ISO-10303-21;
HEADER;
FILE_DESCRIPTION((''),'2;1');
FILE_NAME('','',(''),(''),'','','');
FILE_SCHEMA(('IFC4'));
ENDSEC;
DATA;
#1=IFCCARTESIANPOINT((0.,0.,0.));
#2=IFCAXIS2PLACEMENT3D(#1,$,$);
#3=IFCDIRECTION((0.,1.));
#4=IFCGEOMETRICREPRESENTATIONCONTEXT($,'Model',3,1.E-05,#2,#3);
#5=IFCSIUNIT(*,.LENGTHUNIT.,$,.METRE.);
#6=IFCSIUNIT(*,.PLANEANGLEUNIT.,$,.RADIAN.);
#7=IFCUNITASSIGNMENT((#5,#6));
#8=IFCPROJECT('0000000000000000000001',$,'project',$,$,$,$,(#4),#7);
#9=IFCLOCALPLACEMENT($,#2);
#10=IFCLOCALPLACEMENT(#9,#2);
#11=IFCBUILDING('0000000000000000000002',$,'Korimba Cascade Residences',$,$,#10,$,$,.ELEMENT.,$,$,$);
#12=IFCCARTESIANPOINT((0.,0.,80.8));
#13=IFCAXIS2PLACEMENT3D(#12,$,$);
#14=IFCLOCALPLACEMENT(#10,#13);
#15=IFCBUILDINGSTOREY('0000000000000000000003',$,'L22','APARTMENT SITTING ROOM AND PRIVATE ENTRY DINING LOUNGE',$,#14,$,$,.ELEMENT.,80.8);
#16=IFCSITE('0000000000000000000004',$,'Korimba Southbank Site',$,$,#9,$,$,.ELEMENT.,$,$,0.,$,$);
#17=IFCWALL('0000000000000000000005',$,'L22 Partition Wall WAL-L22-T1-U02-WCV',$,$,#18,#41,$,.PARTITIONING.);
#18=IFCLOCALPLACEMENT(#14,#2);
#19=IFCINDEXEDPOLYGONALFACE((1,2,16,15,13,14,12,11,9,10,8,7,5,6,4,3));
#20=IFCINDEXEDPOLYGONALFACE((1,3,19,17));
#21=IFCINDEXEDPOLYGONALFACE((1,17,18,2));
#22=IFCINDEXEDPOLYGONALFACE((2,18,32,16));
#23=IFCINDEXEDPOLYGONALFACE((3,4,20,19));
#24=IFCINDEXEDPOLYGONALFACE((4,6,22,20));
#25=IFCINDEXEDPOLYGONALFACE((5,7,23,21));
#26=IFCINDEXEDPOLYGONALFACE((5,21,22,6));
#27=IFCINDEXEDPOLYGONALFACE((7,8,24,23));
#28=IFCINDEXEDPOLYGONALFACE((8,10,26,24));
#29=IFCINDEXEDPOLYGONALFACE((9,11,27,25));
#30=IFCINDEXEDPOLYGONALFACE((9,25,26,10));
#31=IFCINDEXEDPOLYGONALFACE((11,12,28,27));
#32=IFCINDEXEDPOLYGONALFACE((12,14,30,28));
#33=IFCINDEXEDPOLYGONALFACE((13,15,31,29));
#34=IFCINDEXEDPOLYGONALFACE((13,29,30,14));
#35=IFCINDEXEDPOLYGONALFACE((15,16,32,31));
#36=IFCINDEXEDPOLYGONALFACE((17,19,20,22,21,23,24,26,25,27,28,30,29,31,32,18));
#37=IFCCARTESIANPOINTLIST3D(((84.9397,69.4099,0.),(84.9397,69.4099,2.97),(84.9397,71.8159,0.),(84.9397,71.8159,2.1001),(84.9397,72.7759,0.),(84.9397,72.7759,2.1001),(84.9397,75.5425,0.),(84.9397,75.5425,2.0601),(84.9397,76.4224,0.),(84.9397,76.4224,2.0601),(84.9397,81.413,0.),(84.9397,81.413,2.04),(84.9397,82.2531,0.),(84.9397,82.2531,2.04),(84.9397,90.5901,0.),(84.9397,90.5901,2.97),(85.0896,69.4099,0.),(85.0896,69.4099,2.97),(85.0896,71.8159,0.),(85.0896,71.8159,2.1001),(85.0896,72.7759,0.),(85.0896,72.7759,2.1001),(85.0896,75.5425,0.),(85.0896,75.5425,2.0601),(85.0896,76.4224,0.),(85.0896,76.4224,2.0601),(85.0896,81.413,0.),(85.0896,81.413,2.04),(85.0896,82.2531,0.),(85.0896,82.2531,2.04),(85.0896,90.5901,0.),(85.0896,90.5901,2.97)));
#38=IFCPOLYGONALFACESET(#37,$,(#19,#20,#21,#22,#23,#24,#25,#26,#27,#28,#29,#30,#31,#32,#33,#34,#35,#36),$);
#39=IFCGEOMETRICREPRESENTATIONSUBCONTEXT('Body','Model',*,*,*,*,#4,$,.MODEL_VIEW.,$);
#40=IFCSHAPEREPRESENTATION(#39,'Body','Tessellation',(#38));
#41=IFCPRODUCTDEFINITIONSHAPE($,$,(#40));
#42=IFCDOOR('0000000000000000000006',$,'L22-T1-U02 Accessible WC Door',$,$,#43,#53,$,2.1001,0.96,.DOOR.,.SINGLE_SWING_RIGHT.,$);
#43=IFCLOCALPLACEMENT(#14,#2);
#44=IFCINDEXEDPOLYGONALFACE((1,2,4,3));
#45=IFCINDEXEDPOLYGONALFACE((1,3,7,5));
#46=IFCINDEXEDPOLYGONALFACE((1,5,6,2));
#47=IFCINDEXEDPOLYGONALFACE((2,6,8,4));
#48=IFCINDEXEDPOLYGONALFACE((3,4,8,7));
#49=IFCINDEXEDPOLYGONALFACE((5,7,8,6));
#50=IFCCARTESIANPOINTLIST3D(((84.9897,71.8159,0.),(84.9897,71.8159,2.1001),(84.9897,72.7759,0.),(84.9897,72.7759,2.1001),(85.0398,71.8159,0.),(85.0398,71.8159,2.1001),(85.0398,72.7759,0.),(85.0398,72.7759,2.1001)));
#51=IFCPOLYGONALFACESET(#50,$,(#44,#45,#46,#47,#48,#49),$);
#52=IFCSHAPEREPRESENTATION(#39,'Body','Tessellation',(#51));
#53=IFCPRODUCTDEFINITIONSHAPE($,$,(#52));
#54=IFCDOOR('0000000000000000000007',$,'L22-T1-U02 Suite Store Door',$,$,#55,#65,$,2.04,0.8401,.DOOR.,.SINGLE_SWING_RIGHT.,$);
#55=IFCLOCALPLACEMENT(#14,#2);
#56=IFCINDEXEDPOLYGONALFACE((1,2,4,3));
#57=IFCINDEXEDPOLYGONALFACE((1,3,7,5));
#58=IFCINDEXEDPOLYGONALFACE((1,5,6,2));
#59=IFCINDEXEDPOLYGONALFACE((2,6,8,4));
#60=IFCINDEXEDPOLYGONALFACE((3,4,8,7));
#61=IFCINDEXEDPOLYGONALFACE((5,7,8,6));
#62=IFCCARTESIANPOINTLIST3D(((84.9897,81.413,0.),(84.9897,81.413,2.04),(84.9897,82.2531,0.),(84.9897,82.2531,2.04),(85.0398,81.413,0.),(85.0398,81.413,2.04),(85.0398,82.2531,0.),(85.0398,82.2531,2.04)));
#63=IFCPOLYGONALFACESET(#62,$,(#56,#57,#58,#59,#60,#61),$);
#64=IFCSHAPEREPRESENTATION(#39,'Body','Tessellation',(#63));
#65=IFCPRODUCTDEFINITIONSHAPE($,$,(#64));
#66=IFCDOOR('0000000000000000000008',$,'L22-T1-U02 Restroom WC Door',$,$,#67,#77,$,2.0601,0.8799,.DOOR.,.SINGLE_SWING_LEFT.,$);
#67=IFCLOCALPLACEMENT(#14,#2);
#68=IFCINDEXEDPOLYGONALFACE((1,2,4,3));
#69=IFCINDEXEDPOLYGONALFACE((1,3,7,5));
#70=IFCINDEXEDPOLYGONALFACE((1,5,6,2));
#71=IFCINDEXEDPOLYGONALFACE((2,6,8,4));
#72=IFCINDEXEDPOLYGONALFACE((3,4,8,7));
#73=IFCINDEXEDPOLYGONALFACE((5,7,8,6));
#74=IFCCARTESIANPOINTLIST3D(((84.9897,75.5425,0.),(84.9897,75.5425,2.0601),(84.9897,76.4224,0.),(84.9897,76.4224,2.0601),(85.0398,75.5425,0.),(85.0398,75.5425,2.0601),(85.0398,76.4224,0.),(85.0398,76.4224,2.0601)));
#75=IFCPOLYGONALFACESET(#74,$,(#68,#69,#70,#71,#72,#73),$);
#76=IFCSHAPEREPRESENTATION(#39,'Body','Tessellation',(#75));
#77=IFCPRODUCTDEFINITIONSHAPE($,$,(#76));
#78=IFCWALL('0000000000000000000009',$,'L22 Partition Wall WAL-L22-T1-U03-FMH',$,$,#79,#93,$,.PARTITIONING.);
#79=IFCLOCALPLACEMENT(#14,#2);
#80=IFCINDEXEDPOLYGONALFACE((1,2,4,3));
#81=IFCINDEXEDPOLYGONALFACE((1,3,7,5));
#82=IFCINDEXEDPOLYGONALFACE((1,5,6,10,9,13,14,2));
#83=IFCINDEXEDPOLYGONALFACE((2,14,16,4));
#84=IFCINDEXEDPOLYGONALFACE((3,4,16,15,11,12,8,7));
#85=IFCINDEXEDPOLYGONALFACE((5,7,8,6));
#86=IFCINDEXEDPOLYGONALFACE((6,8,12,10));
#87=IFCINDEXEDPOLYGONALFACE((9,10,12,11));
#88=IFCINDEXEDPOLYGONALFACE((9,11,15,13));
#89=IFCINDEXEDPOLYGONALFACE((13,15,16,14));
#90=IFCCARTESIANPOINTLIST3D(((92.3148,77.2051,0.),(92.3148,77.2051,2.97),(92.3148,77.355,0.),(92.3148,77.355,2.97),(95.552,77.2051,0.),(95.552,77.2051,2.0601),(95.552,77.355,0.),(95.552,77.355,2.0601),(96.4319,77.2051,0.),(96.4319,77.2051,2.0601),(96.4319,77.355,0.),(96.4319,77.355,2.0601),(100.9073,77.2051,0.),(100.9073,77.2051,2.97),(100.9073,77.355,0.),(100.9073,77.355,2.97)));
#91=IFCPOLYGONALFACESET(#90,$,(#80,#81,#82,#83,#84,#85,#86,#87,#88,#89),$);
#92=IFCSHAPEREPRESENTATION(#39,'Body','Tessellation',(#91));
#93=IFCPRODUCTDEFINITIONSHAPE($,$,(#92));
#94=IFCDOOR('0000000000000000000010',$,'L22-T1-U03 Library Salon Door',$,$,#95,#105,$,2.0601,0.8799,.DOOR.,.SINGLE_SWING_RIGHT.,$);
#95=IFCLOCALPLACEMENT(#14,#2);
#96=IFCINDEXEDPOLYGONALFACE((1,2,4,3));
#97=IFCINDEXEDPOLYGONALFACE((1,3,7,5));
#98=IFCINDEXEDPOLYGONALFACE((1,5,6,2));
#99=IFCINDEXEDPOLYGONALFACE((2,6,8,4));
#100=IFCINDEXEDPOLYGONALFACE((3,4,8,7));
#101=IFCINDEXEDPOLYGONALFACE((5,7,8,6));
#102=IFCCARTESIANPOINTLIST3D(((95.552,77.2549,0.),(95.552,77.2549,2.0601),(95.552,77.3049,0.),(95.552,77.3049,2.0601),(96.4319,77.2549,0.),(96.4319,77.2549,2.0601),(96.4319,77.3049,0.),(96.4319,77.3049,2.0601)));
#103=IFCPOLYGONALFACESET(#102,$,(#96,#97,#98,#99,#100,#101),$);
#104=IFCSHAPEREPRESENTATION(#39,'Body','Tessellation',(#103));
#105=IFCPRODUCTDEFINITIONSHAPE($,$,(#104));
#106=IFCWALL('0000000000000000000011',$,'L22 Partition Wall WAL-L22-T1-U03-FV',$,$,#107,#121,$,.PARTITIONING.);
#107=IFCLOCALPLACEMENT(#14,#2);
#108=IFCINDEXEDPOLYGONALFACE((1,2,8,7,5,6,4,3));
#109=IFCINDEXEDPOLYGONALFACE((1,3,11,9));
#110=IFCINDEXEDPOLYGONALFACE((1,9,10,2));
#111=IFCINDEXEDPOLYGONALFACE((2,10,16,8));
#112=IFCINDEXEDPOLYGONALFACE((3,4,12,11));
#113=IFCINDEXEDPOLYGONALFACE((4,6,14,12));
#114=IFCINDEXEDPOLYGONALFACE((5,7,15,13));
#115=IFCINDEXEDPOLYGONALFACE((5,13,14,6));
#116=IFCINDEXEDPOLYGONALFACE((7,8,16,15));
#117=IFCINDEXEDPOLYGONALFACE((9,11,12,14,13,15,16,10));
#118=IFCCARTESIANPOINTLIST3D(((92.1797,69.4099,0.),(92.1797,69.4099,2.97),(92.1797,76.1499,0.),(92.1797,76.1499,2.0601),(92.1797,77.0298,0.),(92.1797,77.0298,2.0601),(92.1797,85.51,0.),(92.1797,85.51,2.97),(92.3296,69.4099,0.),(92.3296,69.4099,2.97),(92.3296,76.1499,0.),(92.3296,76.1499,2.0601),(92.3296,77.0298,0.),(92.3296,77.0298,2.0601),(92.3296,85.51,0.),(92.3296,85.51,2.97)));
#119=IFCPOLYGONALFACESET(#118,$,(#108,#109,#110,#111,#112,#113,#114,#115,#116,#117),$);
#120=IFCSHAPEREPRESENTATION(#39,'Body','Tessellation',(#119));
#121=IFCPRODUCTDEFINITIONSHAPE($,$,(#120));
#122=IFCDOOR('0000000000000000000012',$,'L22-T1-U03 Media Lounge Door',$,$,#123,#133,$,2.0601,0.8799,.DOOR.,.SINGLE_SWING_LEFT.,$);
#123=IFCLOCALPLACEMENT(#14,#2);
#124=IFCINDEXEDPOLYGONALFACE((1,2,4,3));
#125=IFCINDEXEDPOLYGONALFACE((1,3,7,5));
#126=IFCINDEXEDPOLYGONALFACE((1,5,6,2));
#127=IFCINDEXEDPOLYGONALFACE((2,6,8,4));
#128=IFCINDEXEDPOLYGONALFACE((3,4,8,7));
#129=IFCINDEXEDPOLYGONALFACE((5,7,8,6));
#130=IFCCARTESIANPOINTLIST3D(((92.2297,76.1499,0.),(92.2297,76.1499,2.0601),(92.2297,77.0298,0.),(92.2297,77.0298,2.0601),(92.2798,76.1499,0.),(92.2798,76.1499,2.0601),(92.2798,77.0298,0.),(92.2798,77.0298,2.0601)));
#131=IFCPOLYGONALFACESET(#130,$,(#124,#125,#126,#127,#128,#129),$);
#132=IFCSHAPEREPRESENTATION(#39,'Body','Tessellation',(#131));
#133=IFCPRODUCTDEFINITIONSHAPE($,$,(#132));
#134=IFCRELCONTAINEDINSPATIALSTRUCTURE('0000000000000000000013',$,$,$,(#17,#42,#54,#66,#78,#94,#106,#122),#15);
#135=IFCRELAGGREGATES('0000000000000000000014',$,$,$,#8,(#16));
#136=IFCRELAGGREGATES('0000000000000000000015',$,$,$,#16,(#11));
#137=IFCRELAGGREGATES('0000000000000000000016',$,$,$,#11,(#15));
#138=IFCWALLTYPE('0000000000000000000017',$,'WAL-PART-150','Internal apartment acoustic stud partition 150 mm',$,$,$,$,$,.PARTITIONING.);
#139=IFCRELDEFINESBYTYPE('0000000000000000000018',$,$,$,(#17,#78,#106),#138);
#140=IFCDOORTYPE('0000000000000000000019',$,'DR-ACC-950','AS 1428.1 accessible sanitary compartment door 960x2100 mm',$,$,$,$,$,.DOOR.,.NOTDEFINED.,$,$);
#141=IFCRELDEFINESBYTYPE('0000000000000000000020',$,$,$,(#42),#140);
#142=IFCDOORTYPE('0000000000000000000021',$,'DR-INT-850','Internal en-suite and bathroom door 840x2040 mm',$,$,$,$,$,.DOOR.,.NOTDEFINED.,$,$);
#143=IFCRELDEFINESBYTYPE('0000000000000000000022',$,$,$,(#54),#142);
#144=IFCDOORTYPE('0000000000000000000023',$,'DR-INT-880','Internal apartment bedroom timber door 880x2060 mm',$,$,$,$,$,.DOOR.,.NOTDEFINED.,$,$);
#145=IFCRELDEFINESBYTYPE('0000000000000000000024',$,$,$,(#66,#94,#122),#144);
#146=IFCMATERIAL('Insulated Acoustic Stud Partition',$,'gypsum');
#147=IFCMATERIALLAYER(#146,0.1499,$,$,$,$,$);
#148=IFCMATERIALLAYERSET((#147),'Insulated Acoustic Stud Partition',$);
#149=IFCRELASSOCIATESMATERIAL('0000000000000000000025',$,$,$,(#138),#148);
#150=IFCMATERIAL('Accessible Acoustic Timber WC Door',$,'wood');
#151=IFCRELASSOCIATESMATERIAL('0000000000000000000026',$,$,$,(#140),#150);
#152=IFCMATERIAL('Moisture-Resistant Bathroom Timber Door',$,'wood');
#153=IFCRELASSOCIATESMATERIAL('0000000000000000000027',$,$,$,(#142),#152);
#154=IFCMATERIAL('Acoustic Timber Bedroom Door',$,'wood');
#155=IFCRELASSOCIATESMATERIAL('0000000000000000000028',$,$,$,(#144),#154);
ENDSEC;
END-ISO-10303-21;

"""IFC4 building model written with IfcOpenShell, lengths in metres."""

from ifc_helpers import new_model, si_unit, direction, frame, frame_2d, origin, place, context, subcontext, project, spatial, rectangle, extrude, material, layer, layer_set, type_object, element, fill, save


model = new_model("IFC4")

# Units and contexts
model_context = context("Model", 3, precision=1e-05, world=origin(), true_north=direction((0.0, 1.0)))
body_context = subcontext(model_context, "Body", "Model", "MODEL_VIEW")
ifc_project = project(units=[si_unit("LENGTHUNIT", "METRE"), si_unit("PLANEANGLEUNIT", "RADIAN")], contexts=[model_context])

# Site, building, storey
site_placement = place(None, origin())
site = spatial("IfcSite", under=ifc_project, at=site_placement, Name="Korimba Southbank Site", CompositionType="ELEMENT", RefElevation=0.0)
building_placement = place(site_placement, origin())
building = spatial("IfcBuilding", under=site, at=building_placement, Name="Korimba Cascade Residences", CompositionType="ELEMENT")
storey_placement = place(building_placement, frame((0.0, 0.0, 80.8)))
storey = spatial("IfcBuildingStorey", under=building, at=storey_placement, Name="L22", Description="APARTMENT SITTING ROOM AND PRIVATE ENTRY DINING LOUNGE", CompositionType="ELEMENT", Elevation=80.8)

# Shared definitions
ifc_material_1 = material(Name="Insulated Acoustic Stud Partition", Category="gypsum")
ifc_layer_1 = layer(ifc_material_1, 0.1499)
ifc_layer_set_1 = layer_set([ifc_layer_1], Name="Insulated Acoustic Stud Partition")
wall_type_1 = type_object("IfcWallType", Name="WAL-PART-150", Description="Internal apartment acoustic stud partition 150 mm", PredefinedType="PARTITIONING", material=ifc_layer_set_1)

# Wall, openings, doors
wall_1_placement = place(storey_placement, frame((85.0146, 69.4099, 0.0), z_axis=(0.0, 0.0, 1.0), x_axis=(0.0, 1.0, 0.0)))
wall_1 = element("IfcWall", 1, at=wall_1_placement, inside=storey, type_object=wall_type_1, Name="L22 Partition Wall WAL-L22-T1-U02-WCV", PredefinedType="PARTITIONING", context=body_context, shape_type="SweptSolid", body=[
    extrude(rectangle(XDim=21.1802, YDim=0.1499, at=frame_2d((10.5901, 0.0))), origin(), (0.0, 0.0, 1.0), 2.97),
])
opening_1_placement = place(wall_1_placement, frame((2.406, 0.0, 0.0)))
opening_1 = element("IfcOpeningElement", 2, at=opening_1_placement, cuts=wall_1, PredefinedType="OPENING", context=body_context, shape_type="SweptSolid", body=[
    extrude(rectangle(XDim=0.96, YDim=2.1001, at=frame_2d((0.48, 1.05))), frame((0.0, 0.085, 0.0), z_axis=(0.0, -1.0, 0.0), x_axis=(1.0, 0.0, 0.0)), (0.0, 0.0, 1.0), 0.1699),
])
opening_2_placement = place(wall_1_placement, frame((6.1326, 0.0, 0.0)))
opening_2 = element("IfcOpeningElement", 3, at=opening_2_placement, cuts=wall_1, PredefinedType="OPENING", context=body_context, shape_type="SweptSolid", body=[
    extrude(rectangle(XDim=0.8799, YDim=2.0601, at=frame_2d((0.4399, 1.03))), frame((0.0, 0.085, 0.0), z_axis=(0.0, -1.0, 0.0), x_axis=(1.0, 0.0, 0.0)), (0.0, 0.0, 1.0), 0.1699),
])
opening_3_placement = place(wall_1_placement, frame((12.0032, 0.0, 0.0)))
opening_3 = element("IfcOpeningElement", 4, at=opening_3_placement, cuts=wall_1, PredefinedType="OPENING", context=body_context, shape_type="SweptSolid", body=[
    extrude(rectangle(XDim=0.8401, YDim=2.04, at=frame_2d((0.4199, 1.02))), frame((0.0, 0.085, 0.0), z_axis=(0.0, -1.0, 0.0), x_axis=(1.0, 0.0, 0.0)), (0.0, 0.0, 1.0), 0.1699),
])
ifc_material_2 = material(Name="Accessible Acoustic Timber WC Door", Category="wood")
door_type_1 = type_object("IfcDoorType", Name="DR-ACC-950", Description="AS 1428.1 accessible sanitary compartment door 960x2100 mm", OperationType="NOTDEFINED", PredefinedType="DOOR", material=ifc_material_2)
door_1_placement = place(opening_1_placement, origin())
door_1 = element("IfcDoor", 5, at=door_1_placement, inside=storey, type_object=door_type_1, Name="L22-T1-U02 Accessible WC Door", OperationType="SINGLE_SWING_RIGHT", OverallHeight=2.1001, OverallWidth=0.96, PredefinedType="DOOR", context=body_context, shape_type="SweptSolid", body=[
    extrude(rectangle(XDim=0.96, YDim=2.1001, at=frame_2d((0.48, 1.05))), frame((0.0, 0.0249, 0.0), z_axis=(0.0, -1.0, 0.0), x_axis=(1.0, 0.0, 0.0)), (0.0, 0.0, 1.0), 0.05),
])
fill(opening_1, door_1)
ifc_material_3 = material(Name="Moisture-Resistant Bathroom Timber Door", Category="wood")
door_type_2 = type_object("IfcDoorType", Name="DR-INT-850", Description="Internal en-suite and bathroom door 840x2040 mm", OperationType="NOTDEFINED", PredefinedType="DOOR", material=ifc_material_3)
door_2_placement = place(opening_3_placement, origin())
door_2 = element("IfcDoor", 6, at=door_2_placement, inside=storey, type_object=door_type_2, Name="L22-T1-U02 Suite Store Door", OperationType="SINGLE_SWING_RIGHT", OverallHeight=2.04, OverallWidth=0.8401, PredefinedType="DOOR", context=body_context, shape_type="SweptSolid", body=[
    extrude(rectangle(XDim=0.8401, YDim=2.04, at=frame_2d((0.4199, 1.02))), frame((0.0, 0.0249, 0.0), z_axis=(0.0, -1.0, 0.0), x_axis=(1.0, 0.0, 0.0)), (0.0, 0.0, 1.0), 0.05),
])
fill(opening_3, door_2)
ifc_material_4 = material(Name="Acoustic Timber Bedroom Door", Category="wood")
door_type_3 = type_object("IfcDoorType", Name="DR-INT-880", Description="Internal apartment bedroom timber door 880x2060 mm", OperationType="NOTDEFINED", PredefinedType="DOOR", material=ifc_material_4)
door_3_placement = place(opening_2_placement, origin())
door_3 = element("IfcDoor", 7, at=door_3_placement, inside=storey, type_object=door_type_3, Name="L22-T1-U02 Restroom WC Door", OperationType="SINGLE_SWING_LEFT", OverallHeight=2.0601, OverallWidth=0.8799, PredefinedType="DOOR", context=body_context, shape_type="SweptSolid", body=[
    extrude(rectangle(XDim=0.8799, YDim=2.0601, at=frame_2d((0.4399, 1.03))), frame((0.0, 0.0249, 0.0), z_axis=(0.0, -1.0, 0.0), x_axis=(1.0, 0.0, 0.0)), (0.0, 0.0, 1.0), 0.05),
])
fill(opening_2, door_3)

# Walls, openings, doors
wall_2_placement = place(storey_placement, frame((92.3147, 77.28, 0.0), z_axis=(0.0, 0.0, 1.0), x_axis=(1.0, 0.0, 0.0)))
wall_2 = element("IfcWall", 8, at=wall_2_placement, inside=storey, type_object=wall_type_1, Name="L22 Partition Wall WAL-L22-T1-U03-FMH", PredefinedType="PARTITIONING", context=body_context, shape_type="SweptSolid", body=[
    extrude(rectangle(XDim=8.5925, YDim=0.1499, at=frame_2d((4.2964, 0.0))), origin(), (0.0, 0.0, 1.0), 2.97),
])
opening_4_placement = place(wall_2_placement, frame((3.2373, 0.0, 0.0)))
opening_4 = element("IfcOpeningElement", 9, at=opening_4_placement, cuts=wall_2, PredefinedType="OPENING", context=body_context, shape_type="SweptSolid", body=[
    extrude(rectangle(XDim=0.8799, YDim=2.0601, at=frame_2d((0.4399, 1.03))), frame((0.0, 0.085, 0.0), z_axis=(0.0, -1.0, 0.0), x_axis=(1.0, 0.0, 0.0)), (0.0, 0.0, 1.0), 0.1699),
])
door_4_placement = place(opening_4_placement, origin())
door_4 = element("IfcDoor", 10, at=door_4_placement, inside=storey, type_object=door_type_3, Name="L22-T1-U03 Library Salon Door", OperationType="SINGLE_SWING_RIGHT", OverallHeight=2.0601, OverallWidth=0.8799, PredefinedType="DOOR", context=body_context, shape_type="SweptSolid", body=[
    extrude(rectangle(XDim=0.8799, YDim=2.0601, at=frame_2d((0.4399, 1.03))), frame((0.0, 0.0249, 0.0), z_axis=(0.0, -1.0, 0.0), x_axis=(1.0, 0.0, 0.0)), (0.0, 0.0, 1.0), 0.05),
])
fill(opening_4, door_4)
wall_3_placement = place(storey_placement, frame((92.2546, 69.4099, 0.0), z_axis=(0.0, 0.0, 1.0), x_axis=(0.0, 1.0, 0.0)))
wall_3 = element("IfcWall", 11, at=wall_3_placement, inside=storey, type_object=wall_type_1, Name="L22 Partition Wall WAL-L22-T1-U03-FV", PredefinedType="PARTITIONING", context=body_context, shape_type="SweptSolid", body=[
    extrude(rectangle(XDim=16.1001, YDim=0.1499, at=frame_2d((8.05, 0.0))), origin(), (0.0, 0.0, 1.0), 2.97),
])
opening_5_placement = place(wall_3_placement, frame((6.74, 0.0, 0.0)))
opening_5 = element("IfcOpeningElement", 12, at=opening_5_placement, cuts=wall_3, PredefinedType="OPENING", context=body_context, shape_type="SweptSolid", body=[
    extrude(rectangle(XDim=0.8799, YDim=2.0601, at=frame_2d((0.4399, 1.03))), frame((0.0, 0.085, 0.0), z_axis=(0.0, -1.0, 0.0), x_axis=(1.0, 0.0, 0.0)), (0.0, 0.0, 1.0), 0.1699),
])
door_5_placement = place(opening_5_placement, origin())
door_5 = element("IfcDoor", 13, at=door_5_placement, inside=storey, type_object=door_type_3, Name="L22-T1-U03 Media Lounge Door", OperationType="SINGLE_SWING_LEFT", OverallHeight=2.0601, OverallWidth=0.8799, PredefinedType="DOOR", context=body_context, shape_type="SweptSolid", body=[
    extrude(rectangle(XDim=0.8799, YDim=2.0601, at=frame_2d((0.4399, 1.03))), frame((0.0, 0.0249, 0.0), z_axis=(0.0, -1.0, 0.0), x_axis=(1.0, 0.0, 0.0)), (0.0, 0.0, 1.0), 0.05),
])
fill(opening_5, door_5)

save(model, "model.ifc")
